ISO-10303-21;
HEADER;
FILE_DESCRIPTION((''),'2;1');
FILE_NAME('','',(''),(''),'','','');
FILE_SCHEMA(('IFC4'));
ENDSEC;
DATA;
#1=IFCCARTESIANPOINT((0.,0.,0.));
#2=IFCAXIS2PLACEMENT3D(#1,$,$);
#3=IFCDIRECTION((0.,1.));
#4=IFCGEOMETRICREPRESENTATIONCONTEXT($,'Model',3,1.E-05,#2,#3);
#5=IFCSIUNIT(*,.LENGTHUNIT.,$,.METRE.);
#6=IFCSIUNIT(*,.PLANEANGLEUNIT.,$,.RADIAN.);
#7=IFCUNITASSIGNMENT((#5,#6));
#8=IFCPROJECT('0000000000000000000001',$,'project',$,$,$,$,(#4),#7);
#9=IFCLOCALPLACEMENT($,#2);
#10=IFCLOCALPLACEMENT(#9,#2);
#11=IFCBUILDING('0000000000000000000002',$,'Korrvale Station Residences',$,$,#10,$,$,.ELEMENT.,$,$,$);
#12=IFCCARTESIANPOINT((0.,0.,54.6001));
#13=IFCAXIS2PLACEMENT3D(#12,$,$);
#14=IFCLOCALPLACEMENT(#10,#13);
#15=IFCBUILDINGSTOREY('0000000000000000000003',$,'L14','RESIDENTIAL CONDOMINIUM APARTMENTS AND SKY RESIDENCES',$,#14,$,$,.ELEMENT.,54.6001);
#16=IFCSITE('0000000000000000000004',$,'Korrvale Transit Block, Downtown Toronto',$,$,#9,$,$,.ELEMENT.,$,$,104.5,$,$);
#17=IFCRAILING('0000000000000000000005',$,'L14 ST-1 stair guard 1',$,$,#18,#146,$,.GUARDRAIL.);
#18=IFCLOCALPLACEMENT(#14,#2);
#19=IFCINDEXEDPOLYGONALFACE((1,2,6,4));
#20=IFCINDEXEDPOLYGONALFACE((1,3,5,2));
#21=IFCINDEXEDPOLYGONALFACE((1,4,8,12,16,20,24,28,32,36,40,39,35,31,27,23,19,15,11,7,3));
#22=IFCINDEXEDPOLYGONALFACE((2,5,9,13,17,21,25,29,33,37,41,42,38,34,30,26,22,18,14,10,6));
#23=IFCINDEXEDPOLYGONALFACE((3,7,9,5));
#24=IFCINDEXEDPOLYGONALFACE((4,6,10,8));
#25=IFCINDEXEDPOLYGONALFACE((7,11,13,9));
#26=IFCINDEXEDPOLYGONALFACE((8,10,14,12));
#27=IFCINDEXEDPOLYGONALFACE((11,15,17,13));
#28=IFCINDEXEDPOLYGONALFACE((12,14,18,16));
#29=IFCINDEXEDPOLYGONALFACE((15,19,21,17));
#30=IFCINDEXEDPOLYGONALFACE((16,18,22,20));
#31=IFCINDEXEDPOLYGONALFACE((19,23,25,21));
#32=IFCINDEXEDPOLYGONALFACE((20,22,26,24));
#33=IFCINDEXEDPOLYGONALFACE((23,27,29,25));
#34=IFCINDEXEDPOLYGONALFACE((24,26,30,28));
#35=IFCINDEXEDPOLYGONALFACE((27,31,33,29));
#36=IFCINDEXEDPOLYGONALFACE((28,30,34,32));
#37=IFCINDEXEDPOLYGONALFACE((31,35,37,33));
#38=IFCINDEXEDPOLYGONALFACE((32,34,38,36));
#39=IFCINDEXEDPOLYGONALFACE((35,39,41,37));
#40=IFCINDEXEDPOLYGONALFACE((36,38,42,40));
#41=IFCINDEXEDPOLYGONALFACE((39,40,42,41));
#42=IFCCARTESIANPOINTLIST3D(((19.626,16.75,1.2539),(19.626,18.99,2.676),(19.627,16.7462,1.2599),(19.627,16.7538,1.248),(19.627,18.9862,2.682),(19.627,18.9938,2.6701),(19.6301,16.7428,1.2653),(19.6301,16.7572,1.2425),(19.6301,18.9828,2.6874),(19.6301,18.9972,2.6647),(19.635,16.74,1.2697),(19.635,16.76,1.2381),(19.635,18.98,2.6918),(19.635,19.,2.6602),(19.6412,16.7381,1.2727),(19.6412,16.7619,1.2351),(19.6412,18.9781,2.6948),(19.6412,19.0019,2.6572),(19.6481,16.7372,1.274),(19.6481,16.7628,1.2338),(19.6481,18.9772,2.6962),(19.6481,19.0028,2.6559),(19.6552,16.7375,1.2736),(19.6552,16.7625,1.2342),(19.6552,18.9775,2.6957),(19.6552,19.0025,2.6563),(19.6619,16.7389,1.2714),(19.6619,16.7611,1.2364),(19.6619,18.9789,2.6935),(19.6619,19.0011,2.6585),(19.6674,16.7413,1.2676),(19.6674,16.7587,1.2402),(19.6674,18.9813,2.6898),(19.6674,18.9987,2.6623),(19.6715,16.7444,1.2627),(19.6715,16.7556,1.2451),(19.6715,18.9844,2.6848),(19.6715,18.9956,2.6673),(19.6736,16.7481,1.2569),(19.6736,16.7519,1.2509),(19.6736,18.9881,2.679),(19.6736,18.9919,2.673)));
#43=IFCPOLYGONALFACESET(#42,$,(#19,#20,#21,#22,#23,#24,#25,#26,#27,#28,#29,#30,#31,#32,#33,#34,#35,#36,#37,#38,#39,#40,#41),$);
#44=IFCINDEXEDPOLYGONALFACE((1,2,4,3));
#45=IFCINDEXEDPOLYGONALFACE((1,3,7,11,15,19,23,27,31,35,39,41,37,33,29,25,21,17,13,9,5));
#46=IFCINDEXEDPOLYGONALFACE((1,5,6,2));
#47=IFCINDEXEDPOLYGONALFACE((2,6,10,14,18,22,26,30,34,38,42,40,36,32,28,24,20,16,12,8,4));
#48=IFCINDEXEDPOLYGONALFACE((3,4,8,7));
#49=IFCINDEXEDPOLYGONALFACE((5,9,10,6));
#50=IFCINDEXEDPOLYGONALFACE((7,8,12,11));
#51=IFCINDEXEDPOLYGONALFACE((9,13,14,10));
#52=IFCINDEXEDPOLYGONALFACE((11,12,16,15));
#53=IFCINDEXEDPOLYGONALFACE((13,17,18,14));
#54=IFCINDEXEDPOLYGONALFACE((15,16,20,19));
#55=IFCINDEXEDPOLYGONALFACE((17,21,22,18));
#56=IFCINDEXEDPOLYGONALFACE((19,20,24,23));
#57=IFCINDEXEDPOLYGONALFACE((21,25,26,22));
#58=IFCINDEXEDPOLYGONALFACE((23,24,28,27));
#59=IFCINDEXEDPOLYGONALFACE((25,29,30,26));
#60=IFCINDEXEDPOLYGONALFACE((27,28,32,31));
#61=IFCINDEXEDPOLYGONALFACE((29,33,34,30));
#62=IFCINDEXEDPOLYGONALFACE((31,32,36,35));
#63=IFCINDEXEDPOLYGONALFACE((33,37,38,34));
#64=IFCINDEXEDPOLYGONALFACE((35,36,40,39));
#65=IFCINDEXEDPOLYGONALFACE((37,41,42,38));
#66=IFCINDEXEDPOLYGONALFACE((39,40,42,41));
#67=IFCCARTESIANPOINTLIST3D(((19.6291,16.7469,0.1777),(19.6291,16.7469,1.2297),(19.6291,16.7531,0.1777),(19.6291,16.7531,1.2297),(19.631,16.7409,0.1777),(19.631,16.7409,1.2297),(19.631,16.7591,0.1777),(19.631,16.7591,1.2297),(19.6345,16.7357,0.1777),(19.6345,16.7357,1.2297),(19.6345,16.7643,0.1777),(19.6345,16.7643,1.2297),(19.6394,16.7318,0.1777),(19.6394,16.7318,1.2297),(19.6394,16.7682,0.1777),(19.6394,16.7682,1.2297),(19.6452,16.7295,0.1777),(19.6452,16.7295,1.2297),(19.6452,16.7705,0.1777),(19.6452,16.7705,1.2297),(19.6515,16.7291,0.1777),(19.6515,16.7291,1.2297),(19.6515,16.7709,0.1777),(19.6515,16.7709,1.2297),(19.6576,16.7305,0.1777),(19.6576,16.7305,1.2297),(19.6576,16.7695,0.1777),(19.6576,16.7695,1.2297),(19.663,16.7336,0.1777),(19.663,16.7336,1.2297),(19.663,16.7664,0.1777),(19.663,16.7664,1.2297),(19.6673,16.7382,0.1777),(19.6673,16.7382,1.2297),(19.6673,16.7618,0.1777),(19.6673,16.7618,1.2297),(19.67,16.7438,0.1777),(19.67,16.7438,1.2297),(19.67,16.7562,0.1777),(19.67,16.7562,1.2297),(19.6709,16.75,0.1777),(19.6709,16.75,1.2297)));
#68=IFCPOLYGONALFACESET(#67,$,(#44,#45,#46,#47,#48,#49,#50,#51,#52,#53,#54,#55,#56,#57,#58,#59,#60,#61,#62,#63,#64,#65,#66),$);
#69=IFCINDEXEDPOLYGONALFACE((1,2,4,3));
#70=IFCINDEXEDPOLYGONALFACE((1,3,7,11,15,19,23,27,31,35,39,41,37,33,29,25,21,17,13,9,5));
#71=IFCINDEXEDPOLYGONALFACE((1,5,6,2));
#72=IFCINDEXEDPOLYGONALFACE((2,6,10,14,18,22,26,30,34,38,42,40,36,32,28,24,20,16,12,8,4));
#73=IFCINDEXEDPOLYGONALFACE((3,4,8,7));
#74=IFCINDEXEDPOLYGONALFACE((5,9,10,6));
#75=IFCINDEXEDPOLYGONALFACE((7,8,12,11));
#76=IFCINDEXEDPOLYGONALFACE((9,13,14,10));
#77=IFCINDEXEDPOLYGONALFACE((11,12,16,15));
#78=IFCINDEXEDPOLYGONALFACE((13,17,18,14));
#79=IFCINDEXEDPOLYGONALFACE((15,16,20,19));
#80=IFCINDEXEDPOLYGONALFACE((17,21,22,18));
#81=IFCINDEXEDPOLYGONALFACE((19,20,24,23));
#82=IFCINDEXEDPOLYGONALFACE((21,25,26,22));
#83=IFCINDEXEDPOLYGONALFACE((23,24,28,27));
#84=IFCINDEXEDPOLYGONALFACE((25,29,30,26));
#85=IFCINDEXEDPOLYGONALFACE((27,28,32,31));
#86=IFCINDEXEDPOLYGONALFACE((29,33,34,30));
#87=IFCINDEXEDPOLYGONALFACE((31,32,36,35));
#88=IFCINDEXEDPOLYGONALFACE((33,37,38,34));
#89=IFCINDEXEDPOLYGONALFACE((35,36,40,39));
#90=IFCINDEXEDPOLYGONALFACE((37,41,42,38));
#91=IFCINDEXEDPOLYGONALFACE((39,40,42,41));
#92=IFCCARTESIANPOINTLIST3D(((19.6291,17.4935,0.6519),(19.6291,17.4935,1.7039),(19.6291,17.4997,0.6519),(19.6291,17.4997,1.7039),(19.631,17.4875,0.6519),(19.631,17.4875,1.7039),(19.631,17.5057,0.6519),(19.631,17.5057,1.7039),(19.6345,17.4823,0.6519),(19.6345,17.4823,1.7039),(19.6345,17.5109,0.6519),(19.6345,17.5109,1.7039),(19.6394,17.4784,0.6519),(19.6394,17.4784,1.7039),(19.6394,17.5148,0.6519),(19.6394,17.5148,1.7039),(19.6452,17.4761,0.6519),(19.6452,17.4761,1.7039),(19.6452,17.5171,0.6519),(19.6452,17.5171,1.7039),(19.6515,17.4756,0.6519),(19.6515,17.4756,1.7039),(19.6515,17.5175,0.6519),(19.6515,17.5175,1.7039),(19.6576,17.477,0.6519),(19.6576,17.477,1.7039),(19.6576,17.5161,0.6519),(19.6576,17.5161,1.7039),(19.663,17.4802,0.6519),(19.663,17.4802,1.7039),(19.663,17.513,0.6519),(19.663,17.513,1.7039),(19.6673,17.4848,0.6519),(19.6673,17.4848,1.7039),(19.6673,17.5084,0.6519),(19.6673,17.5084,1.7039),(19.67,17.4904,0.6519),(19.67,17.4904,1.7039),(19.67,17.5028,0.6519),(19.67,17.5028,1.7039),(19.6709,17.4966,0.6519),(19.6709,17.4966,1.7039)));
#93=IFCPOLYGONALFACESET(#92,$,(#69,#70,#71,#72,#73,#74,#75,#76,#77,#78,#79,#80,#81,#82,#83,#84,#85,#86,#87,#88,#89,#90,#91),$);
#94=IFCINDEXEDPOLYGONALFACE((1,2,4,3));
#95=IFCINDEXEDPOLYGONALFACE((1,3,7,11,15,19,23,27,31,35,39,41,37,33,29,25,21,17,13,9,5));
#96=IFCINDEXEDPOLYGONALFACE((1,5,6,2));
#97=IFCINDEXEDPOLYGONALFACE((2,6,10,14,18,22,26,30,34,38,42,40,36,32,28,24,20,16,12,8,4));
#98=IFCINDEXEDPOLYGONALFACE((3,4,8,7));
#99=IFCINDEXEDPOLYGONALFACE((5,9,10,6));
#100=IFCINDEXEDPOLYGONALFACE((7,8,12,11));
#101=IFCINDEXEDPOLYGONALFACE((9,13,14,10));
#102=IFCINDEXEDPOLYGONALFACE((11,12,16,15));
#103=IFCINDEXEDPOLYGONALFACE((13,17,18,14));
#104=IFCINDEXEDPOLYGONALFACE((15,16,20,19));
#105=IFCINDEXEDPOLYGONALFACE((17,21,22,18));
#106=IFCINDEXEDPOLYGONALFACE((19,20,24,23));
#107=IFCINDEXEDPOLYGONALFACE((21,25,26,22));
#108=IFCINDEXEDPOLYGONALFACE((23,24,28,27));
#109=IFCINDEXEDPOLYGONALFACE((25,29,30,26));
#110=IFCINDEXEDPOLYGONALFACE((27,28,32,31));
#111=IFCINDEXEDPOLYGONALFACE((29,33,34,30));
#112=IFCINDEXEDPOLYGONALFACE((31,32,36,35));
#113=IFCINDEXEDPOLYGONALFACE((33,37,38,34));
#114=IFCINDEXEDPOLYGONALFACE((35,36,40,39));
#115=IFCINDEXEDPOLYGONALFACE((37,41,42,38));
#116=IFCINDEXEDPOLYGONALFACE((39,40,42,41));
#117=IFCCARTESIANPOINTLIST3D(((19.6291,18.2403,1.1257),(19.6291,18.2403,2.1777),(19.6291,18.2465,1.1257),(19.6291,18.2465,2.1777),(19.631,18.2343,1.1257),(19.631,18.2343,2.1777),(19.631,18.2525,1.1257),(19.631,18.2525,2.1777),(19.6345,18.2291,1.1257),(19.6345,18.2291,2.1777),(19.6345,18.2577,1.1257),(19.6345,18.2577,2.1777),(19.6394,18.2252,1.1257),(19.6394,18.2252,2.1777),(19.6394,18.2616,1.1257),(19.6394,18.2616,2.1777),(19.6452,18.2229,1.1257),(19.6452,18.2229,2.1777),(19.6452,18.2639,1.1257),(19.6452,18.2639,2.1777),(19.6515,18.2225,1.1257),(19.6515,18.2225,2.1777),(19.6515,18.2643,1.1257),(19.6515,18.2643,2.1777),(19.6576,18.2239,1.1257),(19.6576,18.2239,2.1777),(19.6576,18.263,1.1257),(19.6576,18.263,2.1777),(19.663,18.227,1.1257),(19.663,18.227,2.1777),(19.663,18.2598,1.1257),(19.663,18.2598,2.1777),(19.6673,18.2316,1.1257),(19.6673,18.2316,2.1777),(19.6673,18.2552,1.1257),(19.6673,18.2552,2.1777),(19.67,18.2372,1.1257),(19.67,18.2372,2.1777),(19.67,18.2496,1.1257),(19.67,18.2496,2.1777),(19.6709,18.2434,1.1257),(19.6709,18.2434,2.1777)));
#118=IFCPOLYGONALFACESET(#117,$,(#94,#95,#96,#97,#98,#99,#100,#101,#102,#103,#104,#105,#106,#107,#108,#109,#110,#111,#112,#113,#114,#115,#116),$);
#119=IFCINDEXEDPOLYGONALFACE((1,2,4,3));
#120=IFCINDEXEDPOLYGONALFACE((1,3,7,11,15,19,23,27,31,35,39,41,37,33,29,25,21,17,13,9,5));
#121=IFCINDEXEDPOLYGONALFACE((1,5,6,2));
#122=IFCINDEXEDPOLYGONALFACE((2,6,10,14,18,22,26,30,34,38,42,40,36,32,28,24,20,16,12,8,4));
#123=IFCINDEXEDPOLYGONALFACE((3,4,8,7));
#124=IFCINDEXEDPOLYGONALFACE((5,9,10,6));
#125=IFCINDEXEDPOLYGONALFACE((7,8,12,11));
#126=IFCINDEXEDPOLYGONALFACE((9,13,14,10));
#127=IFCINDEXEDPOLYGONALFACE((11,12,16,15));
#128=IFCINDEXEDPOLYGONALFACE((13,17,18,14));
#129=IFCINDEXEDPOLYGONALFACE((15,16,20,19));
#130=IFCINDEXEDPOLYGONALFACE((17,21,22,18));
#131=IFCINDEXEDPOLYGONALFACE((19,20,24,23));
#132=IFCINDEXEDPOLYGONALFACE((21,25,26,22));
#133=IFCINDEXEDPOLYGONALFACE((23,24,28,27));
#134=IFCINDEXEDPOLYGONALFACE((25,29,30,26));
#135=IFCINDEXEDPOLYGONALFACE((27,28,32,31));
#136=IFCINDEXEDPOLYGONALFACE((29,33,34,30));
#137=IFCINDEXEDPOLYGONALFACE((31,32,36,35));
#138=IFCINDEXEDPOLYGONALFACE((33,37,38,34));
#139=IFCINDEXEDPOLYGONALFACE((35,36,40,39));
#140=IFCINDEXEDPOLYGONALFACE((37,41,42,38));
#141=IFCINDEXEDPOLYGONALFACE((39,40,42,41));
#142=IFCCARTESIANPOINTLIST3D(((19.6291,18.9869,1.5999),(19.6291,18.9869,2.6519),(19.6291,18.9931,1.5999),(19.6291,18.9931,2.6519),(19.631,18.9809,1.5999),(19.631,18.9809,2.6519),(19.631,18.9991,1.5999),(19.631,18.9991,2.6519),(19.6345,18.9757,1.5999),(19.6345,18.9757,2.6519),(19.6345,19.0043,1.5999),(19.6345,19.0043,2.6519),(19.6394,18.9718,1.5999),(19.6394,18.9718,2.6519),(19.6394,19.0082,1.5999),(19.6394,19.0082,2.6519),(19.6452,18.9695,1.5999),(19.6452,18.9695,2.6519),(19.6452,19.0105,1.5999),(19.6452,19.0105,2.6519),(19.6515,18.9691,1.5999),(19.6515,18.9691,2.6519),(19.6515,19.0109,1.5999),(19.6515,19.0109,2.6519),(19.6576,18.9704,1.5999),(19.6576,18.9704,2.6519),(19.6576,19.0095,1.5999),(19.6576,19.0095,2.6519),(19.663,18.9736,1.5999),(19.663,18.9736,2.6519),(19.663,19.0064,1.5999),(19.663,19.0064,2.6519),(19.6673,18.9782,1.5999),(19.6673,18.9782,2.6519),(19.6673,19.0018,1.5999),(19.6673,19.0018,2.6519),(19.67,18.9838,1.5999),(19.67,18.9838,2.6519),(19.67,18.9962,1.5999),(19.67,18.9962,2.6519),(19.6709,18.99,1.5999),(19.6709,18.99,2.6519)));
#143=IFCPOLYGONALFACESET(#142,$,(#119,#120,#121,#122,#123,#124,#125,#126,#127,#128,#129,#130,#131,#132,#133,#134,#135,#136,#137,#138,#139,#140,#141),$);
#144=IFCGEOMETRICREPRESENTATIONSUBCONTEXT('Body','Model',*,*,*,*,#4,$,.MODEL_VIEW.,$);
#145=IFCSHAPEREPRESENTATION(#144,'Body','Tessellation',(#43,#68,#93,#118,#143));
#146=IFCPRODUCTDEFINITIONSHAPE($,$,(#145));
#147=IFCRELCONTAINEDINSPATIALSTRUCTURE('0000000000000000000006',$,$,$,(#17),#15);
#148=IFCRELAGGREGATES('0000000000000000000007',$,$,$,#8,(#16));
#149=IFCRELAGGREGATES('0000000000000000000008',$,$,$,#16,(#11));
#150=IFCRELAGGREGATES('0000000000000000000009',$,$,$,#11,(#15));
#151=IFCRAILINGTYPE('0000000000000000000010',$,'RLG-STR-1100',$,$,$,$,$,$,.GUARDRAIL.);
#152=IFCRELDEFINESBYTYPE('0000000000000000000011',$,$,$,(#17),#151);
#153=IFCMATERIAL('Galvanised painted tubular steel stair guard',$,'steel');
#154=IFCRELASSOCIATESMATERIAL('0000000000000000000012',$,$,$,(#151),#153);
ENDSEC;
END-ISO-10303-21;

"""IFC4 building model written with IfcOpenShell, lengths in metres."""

from ifc_helpers import new_model, si_unit, direction, frame, origin, origin_2d, place, context, subcontext, project, spatial, circle, extrude, material, type_object, element, save


model = new_model("IFC4")

# Units and contexts
model_context = context("Model", 3, precision=1e-05, world=origin(), true_north=direction((0.0, 1.0)))
body_context = subcontext(model_context, "Body", "Model", "MODEL_VIEW")
ifc_project = project(units=[si_unit("LENGTHUNIT", "METRE"), si_unit("PLANEANGLEUNIT", "RADIAN")], contexts=[model_context])

# Site, building, storey
site_placement = place(None, origin())
site = spatial("IfcSite", under=ifc_project, at=site_placement, Name="Korrvale Transit Block, Downtown Toronto", CompositionType="ELEMENT", RefElevation=104.5)
building_placement = place(site_placement, origin())
building = spatial("IfcBuilding", under=site, at=building_placement, Name="Korrvale Station Residences", CompositionType="ELEMENT")
storey_placement = place(building_placement, frame((0.0, 0.0, 54.6001)))
storey = spatial("IfcBuildingStorey", under=building, at=storey_placement, Name="L14", Description="RESIDENTIAL CONDOMINIUM APARTMENTS AND SKY RESIDENCES", CompositionType="ELEMENT", Elevation=54.6001)

# Railing
ifc_material_1 = material(Name="Galvanised painted tubular steel stair guard", Category="steel")
railing_type_1 = type_object("IfcRailingType", Name="RLG-STR-1100", PredefinedType="GUARDRAIL", material=ifc_material_1)
railing_1_placement = place(storey_placement, frame((19.6499, 16.75, 0.1777)))
element("IfcRailing", 1, at=railing_1_placement, inside=storey, type_object=railing_type_1, Name="L14 ST-1 stair guard 1", PredefinedType="GUARDRAIL", context=body_context, shape_type="SweptSolid", body=[
    extrude(circle(Radius=0.0239, at=origin_2d()), frame((0.0, 0.0, 1.0762), z_axis=(0.0, 0.844229, 0.535982), x_axis=(-1.0, 0.0, 0.0)), (0.0, 0.0, 1.0), 2.6533),
    extrude(circle(Radius=0.021, at=origin_2d()), origin(), (0.0, 0.0, 1.0), 1.052),
    extrude(circle(Radius=0.021, at=origin_2d()), frame((0.0, 0.7466, 0.4741)), (0.0, 0.0, 1.0), 1.052),
    extrude(circle(Radius=0.021, at=origin_2d()), frame((0.0, 1.4934, 0.948)), (0.0, 0.0, 1.0), 1.052),
    extrude(circle(Radius=0.021, at=origin_2d()), frame((0.0, 2.24, 1.4221)), (0.0, 0.0, 1.0), 1.052),
])

save(model, "model.ifc")
